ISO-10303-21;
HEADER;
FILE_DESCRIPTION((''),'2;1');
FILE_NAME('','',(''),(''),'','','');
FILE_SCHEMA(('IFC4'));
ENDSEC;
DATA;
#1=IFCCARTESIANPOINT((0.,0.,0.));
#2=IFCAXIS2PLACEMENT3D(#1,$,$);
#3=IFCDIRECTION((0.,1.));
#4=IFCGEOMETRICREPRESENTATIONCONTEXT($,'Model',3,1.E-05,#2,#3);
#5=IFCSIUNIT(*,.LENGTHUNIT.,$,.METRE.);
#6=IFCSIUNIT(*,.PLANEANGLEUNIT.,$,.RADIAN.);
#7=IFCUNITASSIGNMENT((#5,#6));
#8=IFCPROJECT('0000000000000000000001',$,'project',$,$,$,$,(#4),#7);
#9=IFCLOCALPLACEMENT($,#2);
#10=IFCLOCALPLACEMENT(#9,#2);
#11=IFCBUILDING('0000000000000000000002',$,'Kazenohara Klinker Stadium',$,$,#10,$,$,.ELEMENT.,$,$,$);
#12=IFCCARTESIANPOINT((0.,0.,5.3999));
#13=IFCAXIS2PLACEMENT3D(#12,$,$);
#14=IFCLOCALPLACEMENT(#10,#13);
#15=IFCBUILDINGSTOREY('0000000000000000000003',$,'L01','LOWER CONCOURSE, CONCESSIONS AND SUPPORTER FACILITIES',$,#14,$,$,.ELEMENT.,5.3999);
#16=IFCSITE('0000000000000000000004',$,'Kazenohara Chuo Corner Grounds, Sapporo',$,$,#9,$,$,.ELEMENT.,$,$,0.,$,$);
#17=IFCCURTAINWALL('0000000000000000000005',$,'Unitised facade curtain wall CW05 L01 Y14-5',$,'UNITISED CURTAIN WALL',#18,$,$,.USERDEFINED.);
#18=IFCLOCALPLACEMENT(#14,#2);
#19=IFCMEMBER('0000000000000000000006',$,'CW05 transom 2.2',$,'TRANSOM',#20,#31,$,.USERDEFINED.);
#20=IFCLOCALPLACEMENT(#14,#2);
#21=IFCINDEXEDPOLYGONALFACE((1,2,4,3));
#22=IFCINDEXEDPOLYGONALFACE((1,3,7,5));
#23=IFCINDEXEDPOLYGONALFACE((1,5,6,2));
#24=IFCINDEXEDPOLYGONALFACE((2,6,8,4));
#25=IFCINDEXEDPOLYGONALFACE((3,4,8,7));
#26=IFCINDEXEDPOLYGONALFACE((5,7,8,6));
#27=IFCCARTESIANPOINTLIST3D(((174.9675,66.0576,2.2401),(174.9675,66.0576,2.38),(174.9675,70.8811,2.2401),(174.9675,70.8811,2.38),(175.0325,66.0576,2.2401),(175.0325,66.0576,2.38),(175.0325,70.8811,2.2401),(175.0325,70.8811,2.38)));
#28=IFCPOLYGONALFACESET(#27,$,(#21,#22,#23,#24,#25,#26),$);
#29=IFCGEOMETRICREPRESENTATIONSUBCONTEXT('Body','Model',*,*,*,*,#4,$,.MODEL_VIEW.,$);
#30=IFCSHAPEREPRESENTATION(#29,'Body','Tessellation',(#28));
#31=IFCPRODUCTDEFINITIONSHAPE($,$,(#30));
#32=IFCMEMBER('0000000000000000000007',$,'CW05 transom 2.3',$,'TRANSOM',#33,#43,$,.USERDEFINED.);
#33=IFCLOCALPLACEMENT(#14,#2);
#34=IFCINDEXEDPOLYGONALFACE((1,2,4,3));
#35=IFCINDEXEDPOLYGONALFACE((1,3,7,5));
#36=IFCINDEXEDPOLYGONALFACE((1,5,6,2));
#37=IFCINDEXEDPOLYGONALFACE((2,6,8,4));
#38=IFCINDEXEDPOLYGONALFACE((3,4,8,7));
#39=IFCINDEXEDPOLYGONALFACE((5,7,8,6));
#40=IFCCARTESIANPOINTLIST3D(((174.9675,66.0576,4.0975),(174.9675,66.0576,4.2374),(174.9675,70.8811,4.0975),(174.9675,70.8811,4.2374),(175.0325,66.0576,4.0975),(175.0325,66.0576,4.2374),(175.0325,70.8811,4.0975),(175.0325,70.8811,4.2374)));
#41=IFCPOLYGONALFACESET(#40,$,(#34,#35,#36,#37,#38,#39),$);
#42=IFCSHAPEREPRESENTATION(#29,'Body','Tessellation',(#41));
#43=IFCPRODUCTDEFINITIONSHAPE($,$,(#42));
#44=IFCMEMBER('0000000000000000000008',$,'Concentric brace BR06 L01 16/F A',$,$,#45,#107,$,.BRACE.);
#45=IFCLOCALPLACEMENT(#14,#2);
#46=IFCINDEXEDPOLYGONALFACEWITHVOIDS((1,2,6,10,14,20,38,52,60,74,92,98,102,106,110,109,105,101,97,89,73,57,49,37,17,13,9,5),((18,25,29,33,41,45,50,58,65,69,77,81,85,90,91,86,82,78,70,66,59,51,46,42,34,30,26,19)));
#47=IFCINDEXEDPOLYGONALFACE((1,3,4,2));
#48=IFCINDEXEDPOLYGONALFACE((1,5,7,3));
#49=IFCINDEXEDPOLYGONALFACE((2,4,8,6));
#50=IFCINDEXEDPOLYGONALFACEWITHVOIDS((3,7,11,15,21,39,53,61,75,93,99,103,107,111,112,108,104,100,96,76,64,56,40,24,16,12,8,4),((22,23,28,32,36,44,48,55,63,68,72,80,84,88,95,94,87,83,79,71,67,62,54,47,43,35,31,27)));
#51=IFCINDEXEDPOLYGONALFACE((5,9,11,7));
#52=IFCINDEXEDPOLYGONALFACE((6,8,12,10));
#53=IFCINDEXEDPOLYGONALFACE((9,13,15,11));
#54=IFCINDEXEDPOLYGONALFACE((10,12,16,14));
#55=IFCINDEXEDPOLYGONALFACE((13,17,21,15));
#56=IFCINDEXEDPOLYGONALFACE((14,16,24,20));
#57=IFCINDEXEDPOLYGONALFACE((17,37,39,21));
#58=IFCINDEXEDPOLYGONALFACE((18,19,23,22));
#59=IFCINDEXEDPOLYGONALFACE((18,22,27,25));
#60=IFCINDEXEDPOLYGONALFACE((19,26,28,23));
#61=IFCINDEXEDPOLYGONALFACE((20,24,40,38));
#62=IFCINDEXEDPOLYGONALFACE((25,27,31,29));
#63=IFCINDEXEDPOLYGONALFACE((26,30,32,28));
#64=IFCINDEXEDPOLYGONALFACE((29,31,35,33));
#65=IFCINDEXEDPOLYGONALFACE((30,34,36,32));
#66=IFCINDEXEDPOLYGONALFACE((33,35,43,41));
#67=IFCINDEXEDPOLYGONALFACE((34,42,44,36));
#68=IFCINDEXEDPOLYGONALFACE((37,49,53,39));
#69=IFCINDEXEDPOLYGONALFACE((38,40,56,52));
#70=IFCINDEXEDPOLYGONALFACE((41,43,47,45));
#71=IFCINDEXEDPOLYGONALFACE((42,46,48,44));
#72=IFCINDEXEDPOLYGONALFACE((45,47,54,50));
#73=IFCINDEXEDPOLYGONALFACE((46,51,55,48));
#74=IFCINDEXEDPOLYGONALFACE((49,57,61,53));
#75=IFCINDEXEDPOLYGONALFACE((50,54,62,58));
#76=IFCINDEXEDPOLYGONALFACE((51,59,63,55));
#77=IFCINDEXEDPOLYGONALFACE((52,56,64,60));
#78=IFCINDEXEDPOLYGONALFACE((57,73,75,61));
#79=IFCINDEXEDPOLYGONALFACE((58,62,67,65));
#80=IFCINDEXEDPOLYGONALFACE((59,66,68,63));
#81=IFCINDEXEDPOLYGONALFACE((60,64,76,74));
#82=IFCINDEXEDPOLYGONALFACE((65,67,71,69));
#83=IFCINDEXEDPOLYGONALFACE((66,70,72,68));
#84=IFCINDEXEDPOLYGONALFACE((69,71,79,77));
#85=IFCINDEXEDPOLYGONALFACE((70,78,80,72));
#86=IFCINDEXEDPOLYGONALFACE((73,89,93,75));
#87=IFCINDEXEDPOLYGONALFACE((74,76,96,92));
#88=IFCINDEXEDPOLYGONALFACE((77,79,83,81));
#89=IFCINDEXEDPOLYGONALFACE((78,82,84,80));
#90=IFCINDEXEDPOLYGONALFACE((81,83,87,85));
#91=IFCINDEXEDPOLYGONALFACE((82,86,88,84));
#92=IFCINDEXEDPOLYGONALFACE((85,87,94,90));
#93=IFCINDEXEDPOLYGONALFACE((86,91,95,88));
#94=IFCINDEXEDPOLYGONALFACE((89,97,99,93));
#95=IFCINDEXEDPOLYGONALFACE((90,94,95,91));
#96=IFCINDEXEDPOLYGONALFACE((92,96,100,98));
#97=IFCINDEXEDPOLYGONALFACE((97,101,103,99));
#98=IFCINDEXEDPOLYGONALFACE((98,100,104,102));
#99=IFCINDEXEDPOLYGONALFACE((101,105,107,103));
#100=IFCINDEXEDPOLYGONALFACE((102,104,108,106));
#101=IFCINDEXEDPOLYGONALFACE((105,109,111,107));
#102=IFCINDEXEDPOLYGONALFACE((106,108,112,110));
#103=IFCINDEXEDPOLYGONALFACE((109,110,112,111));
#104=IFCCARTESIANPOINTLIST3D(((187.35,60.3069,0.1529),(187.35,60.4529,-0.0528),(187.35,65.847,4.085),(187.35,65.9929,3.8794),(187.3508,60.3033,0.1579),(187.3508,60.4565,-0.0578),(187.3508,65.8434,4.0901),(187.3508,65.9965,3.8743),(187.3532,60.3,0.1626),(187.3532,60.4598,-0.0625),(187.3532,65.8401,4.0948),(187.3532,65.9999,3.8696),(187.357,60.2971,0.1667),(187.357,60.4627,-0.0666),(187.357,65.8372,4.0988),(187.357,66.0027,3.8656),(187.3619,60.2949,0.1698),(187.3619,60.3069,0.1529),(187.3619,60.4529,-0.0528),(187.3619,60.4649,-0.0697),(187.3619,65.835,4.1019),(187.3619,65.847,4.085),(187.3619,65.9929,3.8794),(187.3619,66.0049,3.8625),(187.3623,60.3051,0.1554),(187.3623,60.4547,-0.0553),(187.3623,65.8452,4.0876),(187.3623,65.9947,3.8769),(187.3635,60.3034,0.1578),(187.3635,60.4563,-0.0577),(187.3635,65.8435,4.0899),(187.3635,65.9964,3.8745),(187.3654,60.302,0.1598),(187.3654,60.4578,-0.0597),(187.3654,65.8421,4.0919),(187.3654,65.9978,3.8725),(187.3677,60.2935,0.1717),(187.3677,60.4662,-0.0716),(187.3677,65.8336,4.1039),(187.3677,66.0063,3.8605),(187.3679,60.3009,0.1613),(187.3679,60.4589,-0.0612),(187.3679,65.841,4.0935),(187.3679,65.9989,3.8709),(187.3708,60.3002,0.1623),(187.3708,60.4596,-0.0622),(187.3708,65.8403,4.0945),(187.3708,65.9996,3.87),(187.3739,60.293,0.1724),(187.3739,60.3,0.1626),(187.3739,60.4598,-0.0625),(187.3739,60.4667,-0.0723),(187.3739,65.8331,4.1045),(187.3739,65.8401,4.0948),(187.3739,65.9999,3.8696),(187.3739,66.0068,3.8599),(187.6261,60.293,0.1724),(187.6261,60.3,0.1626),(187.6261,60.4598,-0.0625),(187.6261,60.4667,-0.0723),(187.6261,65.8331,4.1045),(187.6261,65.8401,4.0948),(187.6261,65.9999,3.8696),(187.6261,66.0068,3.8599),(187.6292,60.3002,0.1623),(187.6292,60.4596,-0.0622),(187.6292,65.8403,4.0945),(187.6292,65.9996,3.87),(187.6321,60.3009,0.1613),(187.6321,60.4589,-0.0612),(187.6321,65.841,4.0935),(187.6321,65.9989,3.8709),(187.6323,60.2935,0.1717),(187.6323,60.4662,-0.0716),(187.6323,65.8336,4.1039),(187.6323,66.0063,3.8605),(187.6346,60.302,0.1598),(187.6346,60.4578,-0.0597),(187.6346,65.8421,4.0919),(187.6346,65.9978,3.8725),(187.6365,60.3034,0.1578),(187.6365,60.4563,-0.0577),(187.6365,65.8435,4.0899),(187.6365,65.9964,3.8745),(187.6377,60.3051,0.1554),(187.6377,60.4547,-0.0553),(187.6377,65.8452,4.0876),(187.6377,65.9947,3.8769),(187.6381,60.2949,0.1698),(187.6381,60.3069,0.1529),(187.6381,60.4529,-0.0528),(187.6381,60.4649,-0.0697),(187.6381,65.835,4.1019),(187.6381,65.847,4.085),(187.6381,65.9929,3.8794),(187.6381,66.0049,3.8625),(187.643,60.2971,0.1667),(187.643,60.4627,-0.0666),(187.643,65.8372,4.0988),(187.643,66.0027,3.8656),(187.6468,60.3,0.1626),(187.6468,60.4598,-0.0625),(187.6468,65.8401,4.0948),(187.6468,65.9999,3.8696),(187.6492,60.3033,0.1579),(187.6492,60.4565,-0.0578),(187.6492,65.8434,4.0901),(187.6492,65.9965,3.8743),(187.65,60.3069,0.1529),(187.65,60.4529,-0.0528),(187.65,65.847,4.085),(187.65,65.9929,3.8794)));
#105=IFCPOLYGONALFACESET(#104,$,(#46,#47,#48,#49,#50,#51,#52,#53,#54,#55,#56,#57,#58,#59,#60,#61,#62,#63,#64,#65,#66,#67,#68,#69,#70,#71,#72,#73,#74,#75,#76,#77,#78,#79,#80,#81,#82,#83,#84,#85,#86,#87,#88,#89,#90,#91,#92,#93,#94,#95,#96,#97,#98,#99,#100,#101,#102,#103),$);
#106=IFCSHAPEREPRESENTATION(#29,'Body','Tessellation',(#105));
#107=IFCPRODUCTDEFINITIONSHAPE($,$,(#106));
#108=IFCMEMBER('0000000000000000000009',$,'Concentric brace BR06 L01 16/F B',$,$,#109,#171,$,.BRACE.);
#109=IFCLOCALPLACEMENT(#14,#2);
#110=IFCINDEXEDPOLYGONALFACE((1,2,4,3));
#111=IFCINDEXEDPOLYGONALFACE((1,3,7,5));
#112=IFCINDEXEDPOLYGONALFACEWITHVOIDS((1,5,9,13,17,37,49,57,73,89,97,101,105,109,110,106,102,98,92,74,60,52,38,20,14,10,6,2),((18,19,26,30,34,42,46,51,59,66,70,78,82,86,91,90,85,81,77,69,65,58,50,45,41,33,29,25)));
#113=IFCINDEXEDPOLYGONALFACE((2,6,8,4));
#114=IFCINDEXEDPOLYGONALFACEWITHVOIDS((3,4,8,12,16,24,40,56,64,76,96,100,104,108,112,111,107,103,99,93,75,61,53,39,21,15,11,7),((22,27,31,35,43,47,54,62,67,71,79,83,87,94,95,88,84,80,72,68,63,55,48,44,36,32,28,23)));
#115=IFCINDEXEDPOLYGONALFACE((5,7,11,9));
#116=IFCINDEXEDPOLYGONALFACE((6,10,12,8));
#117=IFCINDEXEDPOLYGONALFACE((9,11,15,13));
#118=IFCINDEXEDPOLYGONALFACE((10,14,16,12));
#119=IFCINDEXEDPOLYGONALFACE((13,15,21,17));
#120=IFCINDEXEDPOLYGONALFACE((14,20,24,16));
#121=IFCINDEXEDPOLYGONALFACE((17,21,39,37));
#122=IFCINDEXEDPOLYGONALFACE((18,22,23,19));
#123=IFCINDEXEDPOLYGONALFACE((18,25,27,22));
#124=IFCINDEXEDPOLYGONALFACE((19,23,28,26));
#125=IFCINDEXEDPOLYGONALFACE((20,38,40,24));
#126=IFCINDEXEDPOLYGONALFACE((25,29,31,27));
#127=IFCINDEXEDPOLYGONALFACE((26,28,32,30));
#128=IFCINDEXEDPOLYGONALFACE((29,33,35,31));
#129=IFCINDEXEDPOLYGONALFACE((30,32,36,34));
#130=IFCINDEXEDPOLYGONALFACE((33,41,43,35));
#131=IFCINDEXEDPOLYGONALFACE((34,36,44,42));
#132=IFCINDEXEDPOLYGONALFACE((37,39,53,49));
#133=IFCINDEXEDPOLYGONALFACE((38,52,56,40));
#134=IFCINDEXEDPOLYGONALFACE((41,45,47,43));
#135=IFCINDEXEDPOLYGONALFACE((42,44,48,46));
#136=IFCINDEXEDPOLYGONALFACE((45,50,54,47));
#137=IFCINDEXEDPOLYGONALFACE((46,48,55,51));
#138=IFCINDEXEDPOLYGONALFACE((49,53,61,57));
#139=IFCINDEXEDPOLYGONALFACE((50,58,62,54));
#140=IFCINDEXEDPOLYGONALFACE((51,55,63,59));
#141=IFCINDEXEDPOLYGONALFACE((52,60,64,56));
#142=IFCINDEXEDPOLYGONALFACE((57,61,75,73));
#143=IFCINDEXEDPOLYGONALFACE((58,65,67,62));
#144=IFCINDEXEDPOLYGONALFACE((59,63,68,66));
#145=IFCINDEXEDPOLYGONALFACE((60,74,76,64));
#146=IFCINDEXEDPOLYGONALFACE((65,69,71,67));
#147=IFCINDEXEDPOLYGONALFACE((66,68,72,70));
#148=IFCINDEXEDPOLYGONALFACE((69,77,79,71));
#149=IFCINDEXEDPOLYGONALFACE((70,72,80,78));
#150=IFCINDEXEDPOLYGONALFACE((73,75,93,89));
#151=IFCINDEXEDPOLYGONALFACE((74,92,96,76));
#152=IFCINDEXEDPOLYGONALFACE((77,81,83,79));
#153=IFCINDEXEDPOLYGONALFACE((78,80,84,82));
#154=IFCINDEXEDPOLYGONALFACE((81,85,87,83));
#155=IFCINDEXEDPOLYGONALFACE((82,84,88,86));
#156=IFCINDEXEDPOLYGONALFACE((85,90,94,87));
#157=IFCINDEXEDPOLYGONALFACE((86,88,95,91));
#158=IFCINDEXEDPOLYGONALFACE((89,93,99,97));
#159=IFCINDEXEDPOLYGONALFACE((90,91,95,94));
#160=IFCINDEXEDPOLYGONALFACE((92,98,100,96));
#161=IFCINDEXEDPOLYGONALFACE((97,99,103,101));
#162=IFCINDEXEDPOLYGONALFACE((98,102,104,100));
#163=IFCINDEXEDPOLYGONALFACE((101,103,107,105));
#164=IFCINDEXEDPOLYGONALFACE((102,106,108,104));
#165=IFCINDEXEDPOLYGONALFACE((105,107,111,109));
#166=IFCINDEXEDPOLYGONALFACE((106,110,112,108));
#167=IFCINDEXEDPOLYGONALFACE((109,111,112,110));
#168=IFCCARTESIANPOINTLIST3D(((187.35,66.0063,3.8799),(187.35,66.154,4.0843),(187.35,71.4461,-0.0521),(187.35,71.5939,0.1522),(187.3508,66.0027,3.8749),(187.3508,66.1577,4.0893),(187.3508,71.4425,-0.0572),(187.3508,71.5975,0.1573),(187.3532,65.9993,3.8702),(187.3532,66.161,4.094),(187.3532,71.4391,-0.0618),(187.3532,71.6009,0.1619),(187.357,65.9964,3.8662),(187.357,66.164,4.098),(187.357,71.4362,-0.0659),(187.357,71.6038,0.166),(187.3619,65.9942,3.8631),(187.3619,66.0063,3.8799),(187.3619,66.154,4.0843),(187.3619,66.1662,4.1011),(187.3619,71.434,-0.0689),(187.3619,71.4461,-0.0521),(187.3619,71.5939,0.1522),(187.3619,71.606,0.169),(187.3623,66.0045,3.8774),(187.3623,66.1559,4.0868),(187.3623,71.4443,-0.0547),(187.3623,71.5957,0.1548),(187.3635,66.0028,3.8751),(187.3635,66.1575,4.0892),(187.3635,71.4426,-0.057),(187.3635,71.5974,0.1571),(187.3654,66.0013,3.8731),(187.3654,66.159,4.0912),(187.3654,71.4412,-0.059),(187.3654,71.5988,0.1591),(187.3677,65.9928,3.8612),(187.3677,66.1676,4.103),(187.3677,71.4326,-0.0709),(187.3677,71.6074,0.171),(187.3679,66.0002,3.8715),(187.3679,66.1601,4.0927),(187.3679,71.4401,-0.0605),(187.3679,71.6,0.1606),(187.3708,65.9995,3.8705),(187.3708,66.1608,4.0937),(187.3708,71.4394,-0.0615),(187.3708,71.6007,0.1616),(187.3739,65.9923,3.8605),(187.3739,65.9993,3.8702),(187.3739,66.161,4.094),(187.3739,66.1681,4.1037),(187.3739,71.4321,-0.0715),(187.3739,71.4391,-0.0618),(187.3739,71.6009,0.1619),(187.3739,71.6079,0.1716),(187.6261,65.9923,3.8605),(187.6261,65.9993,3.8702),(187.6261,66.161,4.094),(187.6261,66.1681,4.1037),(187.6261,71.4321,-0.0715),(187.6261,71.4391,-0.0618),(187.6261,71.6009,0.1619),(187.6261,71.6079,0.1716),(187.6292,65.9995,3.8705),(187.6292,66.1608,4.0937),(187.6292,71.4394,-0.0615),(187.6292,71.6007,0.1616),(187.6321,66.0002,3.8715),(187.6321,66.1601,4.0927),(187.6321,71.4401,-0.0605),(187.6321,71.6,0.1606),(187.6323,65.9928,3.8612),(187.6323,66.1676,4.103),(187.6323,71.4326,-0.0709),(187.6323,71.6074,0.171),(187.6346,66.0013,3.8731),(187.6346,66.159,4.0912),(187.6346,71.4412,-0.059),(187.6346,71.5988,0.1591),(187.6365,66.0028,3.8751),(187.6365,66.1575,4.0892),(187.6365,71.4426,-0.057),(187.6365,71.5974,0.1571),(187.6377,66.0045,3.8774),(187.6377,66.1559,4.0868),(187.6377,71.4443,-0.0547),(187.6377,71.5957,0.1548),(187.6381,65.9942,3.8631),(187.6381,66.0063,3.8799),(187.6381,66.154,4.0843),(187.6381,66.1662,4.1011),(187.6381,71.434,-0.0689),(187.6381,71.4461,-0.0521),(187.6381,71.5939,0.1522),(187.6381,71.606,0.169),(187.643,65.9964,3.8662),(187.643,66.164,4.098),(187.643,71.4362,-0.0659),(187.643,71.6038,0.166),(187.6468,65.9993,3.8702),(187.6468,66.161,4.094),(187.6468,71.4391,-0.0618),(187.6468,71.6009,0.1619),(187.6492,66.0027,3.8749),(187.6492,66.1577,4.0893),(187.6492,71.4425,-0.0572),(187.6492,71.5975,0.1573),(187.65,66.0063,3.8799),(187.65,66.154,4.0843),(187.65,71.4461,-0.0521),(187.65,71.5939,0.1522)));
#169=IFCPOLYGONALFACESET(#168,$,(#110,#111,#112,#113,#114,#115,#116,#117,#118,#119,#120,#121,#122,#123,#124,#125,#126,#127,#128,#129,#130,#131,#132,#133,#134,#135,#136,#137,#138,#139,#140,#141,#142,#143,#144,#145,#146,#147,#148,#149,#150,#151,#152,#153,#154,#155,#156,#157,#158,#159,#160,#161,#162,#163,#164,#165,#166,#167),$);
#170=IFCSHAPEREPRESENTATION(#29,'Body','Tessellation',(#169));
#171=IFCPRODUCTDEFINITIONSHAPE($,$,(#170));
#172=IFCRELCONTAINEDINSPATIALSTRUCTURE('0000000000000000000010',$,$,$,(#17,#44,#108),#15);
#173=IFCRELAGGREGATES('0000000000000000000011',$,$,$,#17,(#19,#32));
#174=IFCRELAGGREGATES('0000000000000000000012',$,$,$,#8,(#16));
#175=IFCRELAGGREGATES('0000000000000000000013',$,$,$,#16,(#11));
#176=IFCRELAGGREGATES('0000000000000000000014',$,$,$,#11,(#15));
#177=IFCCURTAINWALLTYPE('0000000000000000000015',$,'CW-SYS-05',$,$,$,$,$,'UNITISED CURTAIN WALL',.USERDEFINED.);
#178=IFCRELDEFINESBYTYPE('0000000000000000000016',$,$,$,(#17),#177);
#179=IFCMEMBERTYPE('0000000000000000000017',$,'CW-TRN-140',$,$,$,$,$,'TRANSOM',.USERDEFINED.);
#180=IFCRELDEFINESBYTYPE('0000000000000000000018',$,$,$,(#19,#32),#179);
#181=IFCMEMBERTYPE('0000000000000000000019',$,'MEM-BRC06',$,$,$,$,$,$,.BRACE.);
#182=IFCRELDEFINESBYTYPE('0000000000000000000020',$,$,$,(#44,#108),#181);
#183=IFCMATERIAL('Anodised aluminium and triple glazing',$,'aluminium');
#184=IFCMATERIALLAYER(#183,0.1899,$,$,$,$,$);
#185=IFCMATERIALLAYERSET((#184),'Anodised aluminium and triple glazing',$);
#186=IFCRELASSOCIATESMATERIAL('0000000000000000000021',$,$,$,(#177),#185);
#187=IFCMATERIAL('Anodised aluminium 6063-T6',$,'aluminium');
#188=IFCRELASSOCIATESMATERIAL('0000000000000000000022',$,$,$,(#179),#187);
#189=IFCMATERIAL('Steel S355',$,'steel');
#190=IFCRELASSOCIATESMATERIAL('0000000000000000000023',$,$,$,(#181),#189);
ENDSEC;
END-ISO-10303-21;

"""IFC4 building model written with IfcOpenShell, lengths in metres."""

from ifc_helpers import new_model, si_unit, direction, frame, origin, origin_2d, place, context, subcontext, project, spatial, rectangle, hollow_rectangle, extrude, material, layer, layer_set, material_profile, profile_set, type_object, element, aggregate, save


model = new_model("IFC4")

# Units and contexts
model_context = context("Model", 3, precision=1e-05, world=origin(), true_north=direction((0.0, 1.0)))
body_context = subcontext(model_context, "Body", "Model", "MODEL_VIEW")
ifc_project = project(units=[si_unit("LENGTHUNIT", "METRE"), si_unit("PLANEANGLEUNIT", "RADIAN")], contexts=[model_context])

# Site, building, storey
site_placement = place(None, origin())
site = spatial("IfcSite", under=ifc_project, at=site_placement, Name="Kazenohara Chuo Corner Grounds, Sapporo", CompositionType="ELEMENT", RefElevation=0.0)
building_placement = place(site_placement, origin())
building = spatial("IfcBuilding", under=site, at=building_placement, Name="Kazenohara Klinker Stadium", CompositionType="ELEMENT")
storey_placement = place(building_placement, frame((0.0, 0.0, 5.3999)))
storey = spatial("IfcBuildingStorey", under=building, at=storey_placement, Name="L01", Description="LOWER CONCOURSE, CONCESSIONS AND SUPPORTER FACILITIES", CompositionType="ELEMENT", Elevation=5.3999)

# Shared definitions
ifc_material_1 = material(Name="Steel S355", Category="steel")

# Curtain wall, members
ifc_material_2 = material(Name="Anodised aluminium and triple glazing", Category="aluminium")
ifc_layer_1 = layer(ifc_material_2, 0.1899)
ifc_layer_set_1 = layer_set([ifc_layer_1], Name="Anodised aluminium and triple glazing")
curtain_wall_type = type_object("IfcCurtainWallType", Name="CW-SYS-05", ElementType="UNITISED CURTAIN WALL", PredefinedType="USERDEFINED", material=ifc_layer_set_1)
curtain_wall_placement = place(storey_placement, origin())
curtain_wall = element("IfcCurtainWall", 1, at=curtain_wall_placement, inside=storey, type_object=curtain_wall_type, Name="Unitised facade curtain wall CW05 L01 Y14-5", ObjectType="UNITISED CURTAIN WALL", PredefinedType="USERDEFINED")
ifc_material_3 = material(Name="Anodised aluminium 6063-T6", Category="aluminium")
ifc_material_profile_1 = material_profile(ifc_material_3, rectangle(XDim=0.0649, YDim=0.1399, at=origin_2d()), Name="ALU-TRN-65x140")
ifc_profile_set_1 = profile_set([ifc_material_profile_1], Name="Anodised aluminium 6063-T6")
member_type_1 = type_object("IfcMemberType", Name="CW-TRN-140", ElementType="TRANSOM", PredefinedType="USERDEFINED", material=ifc_profile_set_1)
member_1_placement = place(storey_placement, frame((175.0, 66.0576, 2.3101), z_axis=(0.0, 1.0, 0.0), x_axis=(-1.0, 0.0, 0.0)))
member_1 = element("IfcMember", 2, at=member_1_placement, type_object=member_type_1, Name="CW05 transom 2.2", ObjectType="TRANSOM", PredefinedType="USERDEFINED", context=body_context, shape_type="SweptSolid", body=[
    extrude(rectangle(XDim=0.0649, YDim=0.1399, at=origin_2d()), origin(), (0.0, 0.0, 1.0), 4.8235),
])
member_2_placement = place(storey_placement, frame((175.0, 66.0576, 4.1675), z_axis=(0.0, 1.0, 0.0), x_axis=(-1.0, 0.0, 0.0)))
member_2 = element("IfcMember", 3, at=member_2_placement, type_object=member_type_1, Name="CW05 transom 2.3", ObjectType="TRANSOM", PredefinedType="USERDEFINED", context=body_context, shape_type="SweptSolid", body=[
    extrude(rectangle(XDim=0.0649, YDim=0.1399, at=origin_2d()), origin(), (0.0, 0.0, 1.0), 4.8235),
])

# Members
ifc_material_profile_2 = material_profile(ifc_material_1, hollow_rectangle(XDim=0.3, YDim=0.3, WallThickness=0.012, InnerFilletRadius=0.012, OuterFilletRadius=0.0239, at=origin_2d()), Name="SHS-300x300x12")
ifc_profile_set_2 = profile_set([ifc_material_profile_2], Name="Steel S355")
member_type_2 = type_object("IfcMemberType", Name="MEM-BRC06", PredefinedType="BRACE", material=ifc_profile_set_2)
member_3_placement = place(storey_placement, frame((187.5, 60.3799, 0.05), z_axis=(0.0, 0.815473, 0.578795), x_axis=(-1.0, 0.0, 0.0)))
element("IfcMember", 4, at=member_3_placement, inside=storey, type_object=member_type_2, Name="Concentric brace BR06 L01 16/F A", PredefinedType="BRACE", context=body_context, shape_type="SweptSolid", body=[
    extrude(hollow_rectangle(XDim=0.3, YDim=0.3, WallThickness=0.012, InnerFilletRadius=0.012, OuterFilletRadius=0.0239, at=origin_2d()), origin(), (0.0, 0.0, 1.0), 6.7937),
])
member_4_placement = place(storey_placement, frame((187.5, 71.52, 0.05), z_axis=(0.0, -0.810447, 0.585812), x_axis=(1.0, 0.0, 0.0)))
element("IfcMember", 5, at=member_4_placement, inside=storey, type_object=member_type_2, Name="Concentric brace BR06 L01 16/F B", PredefinedType="BRACE", context=body_context, shape_type="SweptSolid", body=[
    extrude(hollow_rectangle(XDim=0.3, YDim=0.3, WallThickness=0.012, InnerFilletRadius=0.012, OuterFilletRadius=0.0239, at=origin_2d()), origin(), (0.0, 0.0, 1.0), 6.7122),
])

aggregate(curtain_wall, [member_1, member_2])

save(model, "model.ifc")
